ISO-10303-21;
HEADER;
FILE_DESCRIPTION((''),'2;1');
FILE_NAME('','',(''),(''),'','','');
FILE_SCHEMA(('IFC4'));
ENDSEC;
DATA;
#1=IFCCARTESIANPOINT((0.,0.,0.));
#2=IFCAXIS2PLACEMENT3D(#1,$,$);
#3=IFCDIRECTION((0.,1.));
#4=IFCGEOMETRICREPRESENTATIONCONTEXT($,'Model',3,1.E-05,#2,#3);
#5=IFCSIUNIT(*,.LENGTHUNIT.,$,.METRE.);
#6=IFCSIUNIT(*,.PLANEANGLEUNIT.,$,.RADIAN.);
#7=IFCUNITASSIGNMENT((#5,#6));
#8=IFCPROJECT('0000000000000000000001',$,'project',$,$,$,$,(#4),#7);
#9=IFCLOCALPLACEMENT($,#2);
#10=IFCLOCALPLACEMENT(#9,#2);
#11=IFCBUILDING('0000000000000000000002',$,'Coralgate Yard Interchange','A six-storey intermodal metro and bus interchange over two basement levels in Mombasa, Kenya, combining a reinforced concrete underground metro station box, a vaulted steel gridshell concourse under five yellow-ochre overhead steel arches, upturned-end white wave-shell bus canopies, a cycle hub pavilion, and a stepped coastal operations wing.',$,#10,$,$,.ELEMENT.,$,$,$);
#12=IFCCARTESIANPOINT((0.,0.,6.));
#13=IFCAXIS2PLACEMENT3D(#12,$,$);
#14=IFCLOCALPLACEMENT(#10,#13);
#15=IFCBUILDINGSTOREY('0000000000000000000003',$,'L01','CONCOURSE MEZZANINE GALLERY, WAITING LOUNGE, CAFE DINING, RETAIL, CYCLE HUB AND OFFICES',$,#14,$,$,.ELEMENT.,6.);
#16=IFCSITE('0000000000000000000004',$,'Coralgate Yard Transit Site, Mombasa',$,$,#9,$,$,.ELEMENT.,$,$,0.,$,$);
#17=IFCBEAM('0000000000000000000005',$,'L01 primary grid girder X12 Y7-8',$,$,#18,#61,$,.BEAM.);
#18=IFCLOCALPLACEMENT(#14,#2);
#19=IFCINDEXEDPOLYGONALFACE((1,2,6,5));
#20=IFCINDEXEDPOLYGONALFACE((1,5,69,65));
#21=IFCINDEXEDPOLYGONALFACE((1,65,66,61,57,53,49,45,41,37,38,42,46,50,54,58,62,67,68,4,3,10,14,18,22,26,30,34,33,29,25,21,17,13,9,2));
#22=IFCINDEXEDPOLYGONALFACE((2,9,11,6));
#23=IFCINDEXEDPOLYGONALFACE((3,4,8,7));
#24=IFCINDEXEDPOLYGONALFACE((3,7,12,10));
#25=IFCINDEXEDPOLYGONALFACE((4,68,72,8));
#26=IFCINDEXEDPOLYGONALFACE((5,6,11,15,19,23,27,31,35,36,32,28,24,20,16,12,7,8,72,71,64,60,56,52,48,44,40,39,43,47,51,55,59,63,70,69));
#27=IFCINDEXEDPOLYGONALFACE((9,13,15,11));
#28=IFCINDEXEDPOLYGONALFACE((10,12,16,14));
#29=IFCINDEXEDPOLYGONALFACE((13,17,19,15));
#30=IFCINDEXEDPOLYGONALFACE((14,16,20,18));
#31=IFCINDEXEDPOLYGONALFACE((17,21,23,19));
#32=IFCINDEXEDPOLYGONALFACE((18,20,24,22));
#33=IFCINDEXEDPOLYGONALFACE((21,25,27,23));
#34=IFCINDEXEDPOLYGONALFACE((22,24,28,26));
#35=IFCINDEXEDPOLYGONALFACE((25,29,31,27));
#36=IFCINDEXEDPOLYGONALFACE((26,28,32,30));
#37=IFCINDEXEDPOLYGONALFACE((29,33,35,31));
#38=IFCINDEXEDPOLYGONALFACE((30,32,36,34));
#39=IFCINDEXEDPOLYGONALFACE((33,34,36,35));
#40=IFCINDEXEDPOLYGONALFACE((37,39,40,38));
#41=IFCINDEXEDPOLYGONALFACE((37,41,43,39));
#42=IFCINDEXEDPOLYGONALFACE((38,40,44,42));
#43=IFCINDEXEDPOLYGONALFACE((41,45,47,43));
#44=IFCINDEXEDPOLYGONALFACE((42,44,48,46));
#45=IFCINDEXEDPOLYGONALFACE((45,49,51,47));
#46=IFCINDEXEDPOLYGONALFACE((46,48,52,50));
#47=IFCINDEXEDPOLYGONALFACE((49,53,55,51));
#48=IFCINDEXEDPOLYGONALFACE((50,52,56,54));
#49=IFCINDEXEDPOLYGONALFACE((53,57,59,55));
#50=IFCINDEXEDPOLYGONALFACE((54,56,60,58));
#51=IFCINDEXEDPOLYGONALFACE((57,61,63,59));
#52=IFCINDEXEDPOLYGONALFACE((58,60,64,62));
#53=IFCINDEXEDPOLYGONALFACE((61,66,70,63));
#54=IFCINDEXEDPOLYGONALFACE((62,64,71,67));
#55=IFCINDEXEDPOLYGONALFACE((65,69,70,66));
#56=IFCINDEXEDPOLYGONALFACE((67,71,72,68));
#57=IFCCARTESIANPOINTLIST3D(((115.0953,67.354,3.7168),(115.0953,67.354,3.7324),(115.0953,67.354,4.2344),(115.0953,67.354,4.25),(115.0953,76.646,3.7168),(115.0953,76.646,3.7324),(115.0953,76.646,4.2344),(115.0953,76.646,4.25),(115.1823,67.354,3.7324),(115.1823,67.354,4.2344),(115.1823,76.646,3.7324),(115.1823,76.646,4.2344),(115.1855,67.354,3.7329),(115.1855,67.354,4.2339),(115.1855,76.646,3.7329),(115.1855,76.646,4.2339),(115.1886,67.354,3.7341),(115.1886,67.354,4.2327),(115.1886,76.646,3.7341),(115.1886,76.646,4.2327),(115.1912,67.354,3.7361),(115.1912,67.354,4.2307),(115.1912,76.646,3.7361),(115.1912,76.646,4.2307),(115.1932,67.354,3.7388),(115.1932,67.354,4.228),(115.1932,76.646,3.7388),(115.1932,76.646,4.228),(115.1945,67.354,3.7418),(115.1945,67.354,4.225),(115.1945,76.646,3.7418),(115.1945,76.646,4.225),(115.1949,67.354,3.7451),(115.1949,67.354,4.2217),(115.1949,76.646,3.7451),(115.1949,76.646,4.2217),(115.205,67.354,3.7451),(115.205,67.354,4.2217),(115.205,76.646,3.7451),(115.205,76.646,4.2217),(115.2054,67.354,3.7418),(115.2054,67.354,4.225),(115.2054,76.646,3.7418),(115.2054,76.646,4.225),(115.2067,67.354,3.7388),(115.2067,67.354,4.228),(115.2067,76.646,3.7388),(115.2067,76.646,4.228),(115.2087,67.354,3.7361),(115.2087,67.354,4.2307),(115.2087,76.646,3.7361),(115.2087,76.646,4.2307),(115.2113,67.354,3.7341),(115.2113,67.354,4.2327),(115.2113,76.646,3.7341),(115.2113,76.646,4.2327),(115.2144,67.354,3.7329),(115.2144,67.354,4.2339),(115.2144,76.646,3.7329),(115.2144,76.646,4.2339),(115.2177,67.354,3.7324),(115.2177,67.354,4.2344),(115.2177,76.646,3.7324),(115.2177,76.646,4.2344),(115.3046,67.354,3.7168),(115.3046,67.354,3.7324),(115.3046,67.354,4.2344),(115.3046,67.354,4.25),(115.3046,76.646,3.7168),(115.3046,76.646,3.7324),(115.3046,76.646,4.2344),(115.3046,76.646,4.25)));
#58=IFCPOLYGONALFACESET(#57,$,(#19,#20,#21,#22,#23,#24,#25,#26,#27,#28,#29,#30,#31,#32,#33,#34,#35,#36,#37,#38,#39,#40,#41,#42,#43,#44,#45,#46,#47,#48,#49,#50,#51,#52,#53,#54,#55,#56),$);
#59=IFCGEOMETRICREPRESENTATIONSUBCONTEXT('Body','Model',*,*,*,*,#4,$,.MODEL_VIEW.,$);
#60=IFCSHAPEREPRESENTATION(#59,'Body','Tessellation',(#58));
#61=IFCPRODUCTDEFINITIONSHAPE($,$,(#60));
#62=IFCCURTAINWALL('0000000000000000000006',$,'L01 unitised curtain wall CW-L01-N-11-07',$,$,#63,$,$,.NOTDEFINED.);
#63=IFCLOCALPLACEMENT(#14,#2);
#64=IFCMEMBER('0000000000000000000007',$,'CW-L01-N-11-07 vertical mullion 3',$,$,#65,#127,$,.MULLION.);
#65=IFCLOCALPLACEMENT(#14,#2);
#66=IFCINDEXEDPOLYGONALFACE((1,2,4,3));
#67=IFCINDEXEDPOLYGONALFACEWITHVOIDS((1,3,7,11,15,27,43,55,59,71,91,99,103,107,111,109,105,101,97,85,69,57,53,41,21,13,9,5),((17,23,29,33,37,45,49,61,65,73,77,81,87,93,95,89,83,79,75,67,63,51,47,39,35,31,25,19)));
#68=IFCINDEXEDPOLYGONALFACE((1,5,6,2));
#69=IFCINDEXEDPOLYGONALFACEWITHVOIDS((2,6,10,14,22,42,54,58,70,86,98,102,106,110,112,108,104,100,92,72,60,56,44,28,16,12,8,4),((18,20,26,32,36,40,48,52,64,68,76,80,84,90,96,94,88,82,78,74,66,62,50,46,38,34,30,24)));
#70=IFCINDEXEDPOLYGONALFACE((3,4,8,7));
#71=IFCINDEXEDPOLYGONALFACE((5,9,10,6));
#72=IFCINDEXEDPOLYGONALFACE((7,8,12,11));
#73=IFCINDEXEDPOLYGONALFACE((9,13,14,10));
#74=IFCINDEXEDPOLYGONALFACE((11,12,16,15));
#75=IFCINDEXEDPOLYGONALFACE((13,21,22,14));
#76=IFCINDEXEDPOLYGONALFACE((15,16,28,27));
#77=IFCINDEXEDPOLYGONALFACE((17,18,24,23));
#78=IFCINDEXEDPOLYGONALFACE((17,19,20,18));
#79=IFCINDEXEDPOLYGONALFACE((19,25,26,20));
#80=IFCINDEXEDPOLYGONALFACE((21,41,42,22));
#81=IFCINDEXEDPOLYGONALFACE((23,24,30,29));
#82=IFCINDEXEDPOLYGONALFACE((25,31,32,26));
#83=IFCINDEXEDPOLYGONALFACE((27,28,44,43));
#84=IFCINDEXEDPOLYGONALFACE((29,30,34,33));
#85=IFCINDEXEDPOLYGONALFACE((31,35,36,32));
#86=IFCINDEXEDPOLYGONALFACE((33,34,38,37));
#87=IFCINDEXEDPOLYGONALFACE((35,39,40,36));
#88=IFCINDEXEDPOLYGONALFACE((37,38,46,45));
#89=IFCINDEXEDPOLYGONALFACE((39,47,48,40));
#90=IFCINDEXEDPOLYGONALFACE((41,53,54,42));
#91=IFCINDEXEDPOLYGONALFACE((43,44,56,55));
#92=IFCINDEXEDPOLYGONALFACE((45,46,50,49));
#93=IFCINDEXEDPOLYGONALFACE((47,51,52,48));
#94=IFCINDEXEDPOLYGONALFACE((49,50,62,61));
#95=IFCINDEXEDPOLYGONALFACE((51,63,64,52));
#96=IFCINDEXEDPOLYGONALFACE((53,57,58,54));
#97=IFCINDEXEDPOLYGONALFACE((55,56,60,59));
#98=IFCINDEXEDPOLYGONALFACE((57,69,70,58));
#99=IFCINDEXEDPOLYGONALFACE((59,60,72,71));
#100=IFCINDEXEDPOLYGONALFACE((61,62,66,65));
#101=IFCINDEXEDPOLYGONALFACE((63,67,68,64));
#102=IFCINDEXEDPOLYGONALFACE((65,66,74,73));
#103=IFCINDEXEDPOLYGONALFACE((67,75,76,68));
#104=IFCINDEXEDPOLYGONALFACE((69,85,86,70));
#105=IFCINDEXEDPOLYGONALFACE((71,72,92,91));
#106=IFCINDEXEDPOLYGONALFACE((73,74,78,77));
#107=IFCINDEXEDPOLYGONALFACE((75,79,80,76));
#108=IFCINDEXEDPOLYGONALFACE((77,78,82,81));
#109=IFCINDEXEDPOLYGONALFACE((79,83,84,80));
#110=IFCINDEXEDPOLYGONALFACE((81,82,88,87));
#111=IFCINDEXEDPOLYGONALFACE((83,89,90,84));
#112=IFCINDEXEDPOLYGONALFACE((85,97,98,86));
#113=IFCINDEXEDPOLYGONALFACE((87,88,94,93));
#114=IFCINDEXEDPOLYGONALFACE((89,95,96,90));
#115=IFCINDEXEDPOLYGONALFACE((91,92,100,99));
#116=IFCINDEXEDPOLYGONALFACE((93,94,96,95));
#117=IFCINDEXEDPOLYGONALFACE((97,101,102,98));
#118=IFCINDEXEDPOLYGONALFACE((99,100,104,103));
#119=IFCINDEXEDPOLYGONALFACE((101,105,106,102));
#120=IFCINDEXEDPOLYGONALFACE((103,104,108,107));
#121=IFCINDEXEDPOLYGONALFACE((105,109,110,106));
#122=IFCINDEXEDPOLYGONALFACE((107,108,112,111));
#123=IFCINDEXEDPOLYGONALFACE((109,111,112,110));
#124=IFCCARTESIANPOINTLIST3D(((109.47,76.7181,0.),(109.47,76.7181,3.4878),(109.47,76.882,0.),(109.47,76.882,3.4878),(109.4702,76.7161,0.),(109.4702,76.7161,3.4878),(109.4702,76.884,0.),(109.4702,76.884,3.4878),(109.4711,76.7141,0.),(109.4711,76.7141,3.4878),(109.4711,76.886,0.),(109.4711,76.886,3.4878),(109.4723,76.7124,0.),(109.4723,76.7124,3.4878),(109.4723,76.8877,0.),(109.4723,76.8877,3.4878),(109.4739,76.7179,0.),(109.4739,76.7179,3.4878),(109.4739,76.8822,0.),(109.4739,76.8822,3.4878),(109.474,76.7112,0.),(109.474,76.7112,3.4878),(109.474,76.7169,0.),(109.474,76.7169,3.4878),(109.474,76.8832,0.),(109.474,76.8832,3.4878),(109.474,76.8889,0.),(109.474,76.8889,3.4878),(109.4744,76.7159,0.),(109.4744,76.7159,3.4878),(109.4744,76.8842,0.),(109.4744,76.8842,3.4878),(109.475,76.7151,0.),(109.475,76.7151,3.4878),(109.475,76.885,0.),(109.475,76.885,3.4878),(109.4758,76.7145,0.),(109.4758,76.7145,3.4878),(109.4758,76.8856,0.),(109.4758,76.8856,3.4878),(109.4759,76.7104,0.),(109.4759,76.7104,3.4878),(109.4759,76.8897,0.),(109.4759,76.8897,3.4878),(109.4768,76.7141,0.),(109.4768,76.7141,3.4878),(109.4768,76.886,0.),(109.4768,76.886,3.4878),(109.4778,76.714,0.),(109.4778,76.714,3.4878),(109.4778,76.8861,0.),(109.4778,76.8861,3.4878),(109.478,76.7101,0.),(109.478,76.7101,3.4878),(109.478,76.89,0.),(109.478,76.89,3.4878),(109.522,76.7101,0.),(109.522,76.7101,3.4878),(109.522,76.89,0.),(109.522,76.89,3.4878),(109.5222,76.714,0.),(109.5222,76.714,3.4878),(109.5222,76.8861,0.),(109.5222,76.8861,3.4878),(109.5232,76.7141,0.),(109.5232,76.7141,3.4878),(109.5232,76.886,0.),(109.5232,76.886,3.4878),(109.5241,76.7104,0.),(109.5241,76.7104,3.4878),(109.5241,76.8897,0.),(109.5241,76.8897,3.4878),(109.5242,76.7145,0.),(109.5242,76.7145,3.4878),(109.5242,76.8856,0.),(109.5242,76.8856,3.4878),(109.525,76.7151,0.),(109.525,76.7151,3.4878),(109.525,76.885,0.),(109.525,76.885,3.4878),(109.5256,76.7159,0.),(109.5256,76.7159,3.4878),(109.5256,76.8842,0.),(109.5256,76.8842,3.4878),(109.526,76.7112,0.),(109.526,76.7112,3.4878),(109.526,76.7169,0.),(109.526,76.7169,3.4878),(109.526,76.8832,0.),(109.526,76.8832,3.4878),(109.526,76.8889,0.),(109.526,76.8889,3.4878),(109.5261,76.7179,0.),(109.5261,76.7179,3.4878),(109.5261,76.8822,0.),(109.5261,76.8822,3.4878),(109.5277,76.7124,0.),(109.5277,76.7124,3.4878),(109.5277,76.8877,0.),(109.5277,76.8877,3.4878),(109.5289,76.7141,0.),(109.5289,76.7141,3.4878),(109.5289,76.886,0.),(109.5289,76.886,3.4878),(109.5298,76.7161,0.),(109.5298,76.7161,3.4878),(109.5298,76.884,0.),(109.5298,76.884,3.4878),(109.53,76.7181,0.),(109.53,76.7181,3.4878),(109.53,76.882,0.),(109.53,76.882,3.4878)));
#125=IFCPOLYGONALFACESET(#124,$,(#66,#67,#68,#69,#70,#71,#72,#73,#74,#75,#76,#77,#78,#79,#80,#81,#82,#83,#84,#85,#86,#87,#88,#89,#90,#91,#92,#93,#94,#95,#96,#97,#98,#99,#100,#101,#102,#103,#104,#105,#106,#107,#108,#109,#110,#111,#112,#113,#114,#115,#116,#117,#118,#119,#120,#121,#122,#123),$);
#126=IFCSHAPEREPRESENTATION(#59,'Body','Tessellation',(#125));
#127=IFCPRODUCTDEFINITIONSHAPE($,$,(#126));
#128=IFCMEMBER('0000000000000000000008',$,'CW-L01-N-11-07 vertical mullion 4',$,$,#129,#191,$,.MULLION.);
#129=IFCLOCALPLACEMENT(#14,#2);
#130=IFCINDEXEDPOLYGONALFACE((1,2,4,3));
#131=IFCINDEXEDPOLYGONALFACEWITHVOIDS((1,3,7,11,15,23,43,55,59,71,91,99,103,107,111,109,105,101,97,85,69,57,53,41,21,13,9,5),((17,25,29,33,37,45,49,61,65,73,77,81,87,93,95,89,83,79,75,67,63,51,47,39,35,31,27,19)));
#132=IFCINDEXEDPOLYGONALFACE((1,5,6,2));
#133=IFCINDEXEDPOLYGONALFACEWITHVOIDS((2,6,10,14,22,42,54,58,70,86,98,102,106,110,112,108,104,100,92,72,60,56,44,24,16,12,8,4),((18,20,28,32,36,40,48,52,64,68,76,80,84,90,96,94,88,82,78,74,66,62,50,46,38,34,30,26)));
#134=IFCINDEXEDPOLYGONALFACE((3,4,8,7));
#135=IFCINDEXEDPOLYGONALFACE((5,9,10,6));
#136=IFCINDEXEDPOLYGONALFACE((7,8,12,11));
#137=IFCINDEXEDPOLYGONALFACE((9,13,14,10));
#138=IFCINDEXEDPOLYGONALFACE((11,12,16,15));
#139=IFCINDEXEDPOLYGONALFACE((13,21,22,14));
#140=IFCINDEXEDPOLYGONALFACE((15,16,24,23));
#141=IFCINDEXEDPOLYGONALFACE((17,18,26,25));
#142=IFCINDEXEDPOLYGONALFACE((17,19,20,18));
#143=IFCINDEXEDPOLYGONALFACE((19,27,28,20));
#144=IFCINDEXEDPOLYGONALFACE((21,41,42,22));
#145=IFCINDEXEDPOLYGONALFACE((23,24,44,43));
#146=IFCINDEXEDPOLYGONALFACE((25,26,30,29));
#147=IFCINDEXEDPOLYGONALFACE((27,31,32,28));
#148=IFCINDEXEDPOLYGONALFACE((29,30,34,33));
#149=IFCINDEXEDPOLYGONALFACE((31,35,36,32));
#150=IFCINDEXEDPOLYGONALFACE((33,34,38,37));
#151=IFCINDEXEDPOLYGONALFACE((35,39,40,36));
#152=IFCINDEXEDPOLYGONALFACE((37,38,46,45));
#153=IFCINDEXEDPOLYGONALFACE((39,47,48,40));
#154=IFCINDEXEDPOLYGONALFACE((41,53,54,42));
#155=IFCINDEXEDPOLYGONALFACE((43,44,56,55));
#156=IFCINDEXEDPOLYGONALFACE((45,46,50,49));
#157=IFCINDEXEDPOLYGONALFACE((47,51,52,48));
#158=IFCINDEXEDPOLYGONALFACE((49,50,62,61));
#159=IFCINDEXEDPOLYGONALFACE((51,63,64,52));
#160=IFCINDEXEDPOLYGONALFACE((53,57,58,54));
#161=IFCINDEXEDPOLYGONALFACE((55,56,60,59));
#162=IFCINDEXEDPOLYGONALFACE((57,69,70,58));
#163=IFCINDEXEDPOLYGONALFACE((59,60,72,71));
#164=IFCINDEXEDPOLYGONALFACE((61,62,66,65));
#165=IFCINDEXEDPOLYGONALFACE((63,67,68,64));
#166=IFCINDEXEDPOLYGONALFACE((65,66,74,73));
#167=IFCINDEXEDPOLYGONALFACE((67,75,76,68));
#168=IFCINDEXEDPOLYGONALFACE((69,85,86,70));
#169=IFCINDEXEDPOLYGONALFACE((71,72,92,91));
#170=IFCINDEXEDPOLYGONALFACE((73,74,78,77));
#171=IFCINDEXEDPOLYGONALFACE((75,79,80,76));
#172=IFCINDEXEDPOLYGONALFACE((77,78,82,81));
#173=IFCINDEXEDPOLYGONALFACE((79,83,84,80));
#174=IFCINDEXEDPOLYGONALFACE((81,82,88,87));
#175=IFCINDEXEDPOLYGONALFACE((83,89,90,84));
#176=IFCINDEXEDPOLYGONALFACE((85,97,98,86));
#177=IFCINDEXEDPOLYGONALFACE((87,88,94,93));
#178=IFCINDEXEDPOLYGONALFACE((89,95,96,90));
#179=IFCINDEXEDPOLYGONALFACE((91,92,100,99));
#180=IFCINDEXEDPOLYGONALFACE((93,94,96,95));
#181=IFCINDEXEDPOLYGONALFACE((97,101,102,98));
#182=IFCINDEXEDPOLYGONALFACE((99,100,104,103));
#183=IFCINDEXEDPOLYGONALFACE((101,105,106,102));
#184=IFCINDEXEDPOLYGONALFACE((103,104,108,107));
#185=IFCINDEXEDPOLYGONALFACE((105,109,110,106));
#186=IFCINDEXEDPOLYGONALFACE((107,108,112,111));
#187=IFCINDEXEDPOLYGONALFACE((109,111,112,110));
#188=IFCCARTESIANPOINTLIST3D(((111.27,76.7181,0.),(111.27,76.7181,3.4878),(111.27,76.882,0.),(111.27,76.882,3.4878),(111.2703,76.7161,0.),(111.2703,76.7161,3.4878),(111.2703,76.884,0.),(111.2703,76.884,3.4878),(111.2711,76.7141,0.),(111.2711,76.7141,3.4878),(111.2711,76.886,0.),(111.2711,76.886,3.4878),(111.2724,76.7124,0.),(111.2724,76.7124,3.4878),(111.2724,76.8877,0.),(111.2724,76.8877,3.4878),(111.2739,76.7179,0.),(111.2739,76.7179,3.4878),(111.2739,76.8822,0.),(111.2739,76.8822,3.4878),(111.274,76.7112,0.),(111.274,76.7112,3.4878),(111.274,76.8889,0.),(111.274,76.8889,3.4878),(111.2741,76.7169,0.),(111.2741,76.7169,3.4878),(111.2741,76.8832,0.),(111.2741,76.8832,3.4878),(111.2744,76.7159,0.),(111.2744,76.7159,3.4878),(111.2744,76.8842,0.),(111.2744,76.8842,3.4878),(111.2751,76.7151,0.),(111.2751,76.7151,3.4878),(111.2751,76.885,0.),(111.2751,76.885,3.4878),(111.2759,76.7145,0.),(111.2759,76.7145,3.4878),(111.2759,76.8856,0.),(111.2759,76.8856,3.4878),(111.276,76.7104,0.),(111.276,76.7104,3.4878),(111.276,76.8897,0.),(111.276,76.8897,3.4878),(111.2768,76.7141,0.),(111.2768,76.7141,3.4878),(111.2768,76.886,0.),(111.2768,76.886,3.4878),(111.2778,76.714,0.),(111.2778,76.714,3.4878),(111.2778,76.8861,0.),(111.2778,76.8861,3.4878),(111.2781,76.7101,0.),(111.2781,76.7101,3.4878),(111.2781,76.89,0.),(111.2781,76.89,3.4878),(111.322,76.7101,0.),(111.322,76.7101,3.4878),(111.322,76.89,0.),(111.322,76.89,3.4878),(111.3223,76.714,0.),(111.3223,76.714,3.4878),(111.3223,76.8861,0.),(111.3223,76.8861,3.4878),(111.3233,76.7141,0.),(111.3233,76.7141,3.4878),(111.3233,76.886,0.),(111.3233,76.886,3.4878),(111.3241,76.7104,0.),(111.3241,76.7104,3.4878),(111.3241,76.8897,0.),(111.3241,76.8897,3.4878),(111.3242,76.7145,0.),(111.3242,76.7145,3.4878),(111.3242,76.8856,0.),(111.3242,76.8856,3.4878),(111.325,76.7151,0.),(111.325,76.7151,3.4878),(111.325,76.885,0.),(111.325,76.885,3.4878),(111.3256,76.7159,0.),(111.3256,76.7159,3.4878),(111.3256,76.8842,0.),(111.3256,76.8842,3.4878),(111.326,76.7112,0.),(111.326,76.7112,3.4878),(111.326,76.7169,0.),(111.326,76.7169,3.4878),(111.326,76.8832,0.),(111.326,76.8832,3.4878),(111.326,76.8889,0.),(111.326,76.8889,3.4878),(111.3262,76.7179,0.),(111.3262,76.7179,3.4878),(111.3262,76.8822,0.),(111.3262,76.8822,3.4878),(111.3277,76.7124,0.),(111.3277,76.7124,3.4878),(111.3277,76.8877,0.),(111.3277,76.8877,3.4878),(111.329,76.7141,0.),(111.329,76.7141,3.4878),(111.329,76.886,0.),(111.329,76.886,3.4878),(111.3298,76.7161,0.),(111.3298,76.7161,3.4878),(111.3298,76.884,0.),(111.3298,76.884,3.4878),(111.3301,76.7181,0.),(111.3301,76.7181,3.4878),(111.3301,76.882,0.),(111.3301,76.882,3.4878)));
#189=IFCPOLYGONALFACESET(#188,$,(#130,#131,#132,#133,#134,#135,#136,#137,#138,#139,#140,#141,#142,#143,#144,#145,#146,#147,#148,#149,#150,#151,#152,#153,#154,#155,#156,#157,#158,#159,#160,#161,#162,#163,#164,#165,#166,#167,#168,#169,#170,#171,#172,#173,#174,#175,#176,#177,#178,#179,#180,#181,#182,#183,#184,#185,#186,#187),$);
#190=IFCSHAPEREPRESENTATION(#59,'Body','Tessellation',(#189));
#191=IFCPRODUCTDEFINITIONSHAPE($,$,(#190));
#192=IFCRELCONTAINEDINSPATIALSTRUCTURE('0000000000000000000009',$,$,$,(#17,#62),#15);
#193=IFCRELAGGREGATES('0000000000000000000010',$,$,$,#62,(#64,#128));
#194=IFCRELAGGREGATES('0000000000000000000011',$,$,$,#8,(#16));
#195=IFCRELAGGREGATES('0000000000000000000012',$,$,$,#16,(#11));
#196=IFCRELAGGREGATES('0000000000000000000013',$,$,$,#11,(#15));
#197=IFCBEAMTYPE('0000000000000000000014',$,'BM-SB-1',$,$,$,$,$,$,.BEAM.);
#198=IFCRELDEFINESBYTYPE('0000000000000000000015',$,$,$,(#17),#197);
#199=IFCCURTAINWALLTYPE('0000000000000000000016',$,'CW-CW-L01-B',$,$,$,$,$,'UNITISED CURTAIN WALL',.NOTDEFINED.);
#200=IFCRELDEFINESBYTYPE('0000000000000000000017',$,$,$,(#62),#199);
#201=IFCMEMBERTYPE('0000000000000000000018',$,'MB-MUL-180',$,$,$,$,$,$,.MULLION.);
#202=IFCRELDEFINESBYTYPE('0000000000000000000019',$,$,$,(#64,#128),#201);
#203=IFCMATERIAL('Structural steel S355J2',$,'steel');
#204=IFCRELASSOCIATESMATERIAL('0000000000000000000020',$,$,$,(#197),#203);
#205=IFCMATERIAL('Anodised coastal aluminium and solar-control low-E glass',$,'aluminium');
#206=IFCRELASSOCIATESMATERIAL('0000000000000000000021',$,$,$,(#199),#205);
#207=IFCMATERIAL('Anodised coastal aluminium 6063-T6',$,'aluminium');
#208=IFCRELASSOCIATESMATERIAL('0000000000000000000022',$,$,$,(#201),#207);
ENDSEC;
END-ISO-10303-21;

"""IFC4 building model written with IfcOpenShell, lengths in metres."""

from ifc_helpers import new_model, si_unit, direction, frame, origin, origin_2d, place, context, subcontext, project, spatial, hollow_rectangle, i_section, extrude, material, material_profile, profile_set, type_object, element, aggregate, save


model = new_model("IFC4")

# Units and contexts
model_context = context("Model", 3, precision=1e-05, world=origin(), true_north=direction((0.0, 1.0)))
body_context = subcontext(model_context, "Body", "Model", "MODEL_VIEW")
ifc_project = project(units=[si_unit("LENGTHUNIT", "METRE"), si_unit("PLANEANGLEUNIT", "RADIAN")], contexts=[model_context])

# Site, building, storey
site_placement = place(None, origin())
site = spatial("IfcSite", under=ifc_project, at=site_placement, Name="Coralgate Yard Transit Site, Mombasa", CompositionType="ELEMENT", RefElevation=0.0)
building_placement = place(site_placement, origin())
building = spatial("IfcBuilding", under=site, at=building_placement, Name="Coralgate Yard Interchange", Description="A six-storey intermodal metro and bus interchange over two basement levels in Mombasa, Kenya, combining a reinforced concrete underground metro station box, a vaulted steel gridshell concourse under five yellow-ochre overhead steel arches, upturned-end white wave-shell bus canopies, a cycle hub pavilion, and a stepped coastal operations wing.", CompositionType="ELEMENT")
storey_placement = place(building_placement, frame((0.0, 0.0, 6.0)))
storey = spatial("IfcBuildingStorey", under=building, at=storey_placement, Name="L01", Description="CONCOURSE MEZZANINE GALLERY, WAITING LOUNGE, CAFE DINING, RETAIL, CYCLE HUB AND OFFICES", CompositionType="ELEMENT", Elevation=6.0)

# Beam
ifc_material_1 = material(Name="Structural steel S355J2", Category="steel")
ifc_material_profile_1 = material_profile(ifc_material_1, i_section(OverallWidth=0.2092, OverallDepth=0.5332, WebThickness=0.01, FlangeThickness=0.0156, FilletRadius=0.0127, at=origin_2d()), Name="UB 533x210x92")
ifc_profile_set_1 = profile_set([ifc_material_profile_1], Name="Structural steel S355J2")
beam_type = type_object("IfcBeamType", Name="BM-SB-1", PredefinedType="BEAM", material=ifc_profile_set_1)
beam_placement = place(storey_placement, frame((115.2, 67.354, 3.9834), z_axis=(0.0, 1.0, 0.0), x_axis=(-1.0, 0.0, 0.0)))
element("IfcBeam", 1, at=beam_placement, inside=storey, type_object=beam_type, Name="L01 primary grid girder X12 Y7-8", PredefinedType="BEAM", context=body_context, shape_type="SweptSolid", body=[
    extrude(i_section(OverallWidth=0.2092, OverallDepth=0.5332, WebThickness=0.01, FlangeThickness=0.0156, FilletRadius=0.0127, at=origin_2d()), origin(), (0.0, 0.0, 1.0), 9.292),
])

# Curtain wall, members
ifc_material_2 = material(Name="Anodised coastal aluminium and solar-control low-E glass", Category="aluminium")
curtain_wall_type_1 = type_object("IfcCurtainWallType", Name="CW-CW-L01-B", ElementType="UNITISED CURTAIN WALL", PredefinedType="NOTDEFINED", material=ifc_material_2)
curtain_wall_1_placement = place(storey_placement, origin())
curtain_wall_1 = element("IfcCurtainWall", 2, at=curtain_wall_1_placement, inside=storey, type_object=curtain_wall_type_1, Name="L01 unitised curtain wall CW-L01-N-11-07", PredefinedType="NOTDEFINED")
ifc_material_3 = material(Name="Anodised coastal aluminium 6063-T6", Category="aluminium")
ifc_material_profile_2 = material_profile(ifc_material_3, hollow_rectangle(XDim=0.0601, YDim=0.1799, WallThickness=0.0039, InnerFilletRadius=0.0039, OuterFilletRadius=0.0081, at=origin_2d()), Name="ALU 60x180x4")
ifc_profile_set_2 = profile_set([ifc_material_profile_2], Name="Anodised coastal aluminium 6063-T6")
member_type_1 = type_object("IfcMemberType", Name="MB-MUL-180", PredefinedType="MULLION", material=ifc_profile_set_2)
member_1_placement = place(storey_placement, frame((109.5, 76.8, 0.0), z_axis=(0.0, 0.0, 1.0), x_axis=(1.0, 0.0, 0.0)))
member_1 = element("IfcMember", 3, at=member_1_placement, type_object=member_type_1, Name="CW-L01-N-11-07 vertical mullion 3", PredefinedType="MULLION", context=body_context, shape_type="SweptSolid", body=[
    extrude(hollow_rectangle(XDim=0.0601, YDim=0.1799, WallThickness=0.0039, InnerFilletRadius=0.0039, OuterFilletRadius=0.0081, at=origin_2d()), origin(), (0.0, 0.0, 1.0), 3.4878),
])
member_2_placement = place(storey_placement, frame((111.3, 76.8, 0.0), z_axis=(0.0, 0.0, 1.0), x_axis=(1.0, 0.0, 0.0)))
member_2 = element("IfcMember", 4, at=member_2_placement, type_object=member_type_1, Name="CW-L01-N-11-07 vertical mullion 4", PredefinedType="MULLION", context=body_context, shape_type="SweptSolid", body=[
    extrude(hollow_rectangle(XDim=0.0601, YDim=0.1799, WallThickness=0.0039, InnerFilletRadius=0.0039, OuterFilletRadius=0.0081, at=origin_2d()), origin(), (0.0, 0.0, 1.0), 3.4878),
])

aggregate(curtain_wall_1, [member_1, member_2])

save(model, "model.ifc")
